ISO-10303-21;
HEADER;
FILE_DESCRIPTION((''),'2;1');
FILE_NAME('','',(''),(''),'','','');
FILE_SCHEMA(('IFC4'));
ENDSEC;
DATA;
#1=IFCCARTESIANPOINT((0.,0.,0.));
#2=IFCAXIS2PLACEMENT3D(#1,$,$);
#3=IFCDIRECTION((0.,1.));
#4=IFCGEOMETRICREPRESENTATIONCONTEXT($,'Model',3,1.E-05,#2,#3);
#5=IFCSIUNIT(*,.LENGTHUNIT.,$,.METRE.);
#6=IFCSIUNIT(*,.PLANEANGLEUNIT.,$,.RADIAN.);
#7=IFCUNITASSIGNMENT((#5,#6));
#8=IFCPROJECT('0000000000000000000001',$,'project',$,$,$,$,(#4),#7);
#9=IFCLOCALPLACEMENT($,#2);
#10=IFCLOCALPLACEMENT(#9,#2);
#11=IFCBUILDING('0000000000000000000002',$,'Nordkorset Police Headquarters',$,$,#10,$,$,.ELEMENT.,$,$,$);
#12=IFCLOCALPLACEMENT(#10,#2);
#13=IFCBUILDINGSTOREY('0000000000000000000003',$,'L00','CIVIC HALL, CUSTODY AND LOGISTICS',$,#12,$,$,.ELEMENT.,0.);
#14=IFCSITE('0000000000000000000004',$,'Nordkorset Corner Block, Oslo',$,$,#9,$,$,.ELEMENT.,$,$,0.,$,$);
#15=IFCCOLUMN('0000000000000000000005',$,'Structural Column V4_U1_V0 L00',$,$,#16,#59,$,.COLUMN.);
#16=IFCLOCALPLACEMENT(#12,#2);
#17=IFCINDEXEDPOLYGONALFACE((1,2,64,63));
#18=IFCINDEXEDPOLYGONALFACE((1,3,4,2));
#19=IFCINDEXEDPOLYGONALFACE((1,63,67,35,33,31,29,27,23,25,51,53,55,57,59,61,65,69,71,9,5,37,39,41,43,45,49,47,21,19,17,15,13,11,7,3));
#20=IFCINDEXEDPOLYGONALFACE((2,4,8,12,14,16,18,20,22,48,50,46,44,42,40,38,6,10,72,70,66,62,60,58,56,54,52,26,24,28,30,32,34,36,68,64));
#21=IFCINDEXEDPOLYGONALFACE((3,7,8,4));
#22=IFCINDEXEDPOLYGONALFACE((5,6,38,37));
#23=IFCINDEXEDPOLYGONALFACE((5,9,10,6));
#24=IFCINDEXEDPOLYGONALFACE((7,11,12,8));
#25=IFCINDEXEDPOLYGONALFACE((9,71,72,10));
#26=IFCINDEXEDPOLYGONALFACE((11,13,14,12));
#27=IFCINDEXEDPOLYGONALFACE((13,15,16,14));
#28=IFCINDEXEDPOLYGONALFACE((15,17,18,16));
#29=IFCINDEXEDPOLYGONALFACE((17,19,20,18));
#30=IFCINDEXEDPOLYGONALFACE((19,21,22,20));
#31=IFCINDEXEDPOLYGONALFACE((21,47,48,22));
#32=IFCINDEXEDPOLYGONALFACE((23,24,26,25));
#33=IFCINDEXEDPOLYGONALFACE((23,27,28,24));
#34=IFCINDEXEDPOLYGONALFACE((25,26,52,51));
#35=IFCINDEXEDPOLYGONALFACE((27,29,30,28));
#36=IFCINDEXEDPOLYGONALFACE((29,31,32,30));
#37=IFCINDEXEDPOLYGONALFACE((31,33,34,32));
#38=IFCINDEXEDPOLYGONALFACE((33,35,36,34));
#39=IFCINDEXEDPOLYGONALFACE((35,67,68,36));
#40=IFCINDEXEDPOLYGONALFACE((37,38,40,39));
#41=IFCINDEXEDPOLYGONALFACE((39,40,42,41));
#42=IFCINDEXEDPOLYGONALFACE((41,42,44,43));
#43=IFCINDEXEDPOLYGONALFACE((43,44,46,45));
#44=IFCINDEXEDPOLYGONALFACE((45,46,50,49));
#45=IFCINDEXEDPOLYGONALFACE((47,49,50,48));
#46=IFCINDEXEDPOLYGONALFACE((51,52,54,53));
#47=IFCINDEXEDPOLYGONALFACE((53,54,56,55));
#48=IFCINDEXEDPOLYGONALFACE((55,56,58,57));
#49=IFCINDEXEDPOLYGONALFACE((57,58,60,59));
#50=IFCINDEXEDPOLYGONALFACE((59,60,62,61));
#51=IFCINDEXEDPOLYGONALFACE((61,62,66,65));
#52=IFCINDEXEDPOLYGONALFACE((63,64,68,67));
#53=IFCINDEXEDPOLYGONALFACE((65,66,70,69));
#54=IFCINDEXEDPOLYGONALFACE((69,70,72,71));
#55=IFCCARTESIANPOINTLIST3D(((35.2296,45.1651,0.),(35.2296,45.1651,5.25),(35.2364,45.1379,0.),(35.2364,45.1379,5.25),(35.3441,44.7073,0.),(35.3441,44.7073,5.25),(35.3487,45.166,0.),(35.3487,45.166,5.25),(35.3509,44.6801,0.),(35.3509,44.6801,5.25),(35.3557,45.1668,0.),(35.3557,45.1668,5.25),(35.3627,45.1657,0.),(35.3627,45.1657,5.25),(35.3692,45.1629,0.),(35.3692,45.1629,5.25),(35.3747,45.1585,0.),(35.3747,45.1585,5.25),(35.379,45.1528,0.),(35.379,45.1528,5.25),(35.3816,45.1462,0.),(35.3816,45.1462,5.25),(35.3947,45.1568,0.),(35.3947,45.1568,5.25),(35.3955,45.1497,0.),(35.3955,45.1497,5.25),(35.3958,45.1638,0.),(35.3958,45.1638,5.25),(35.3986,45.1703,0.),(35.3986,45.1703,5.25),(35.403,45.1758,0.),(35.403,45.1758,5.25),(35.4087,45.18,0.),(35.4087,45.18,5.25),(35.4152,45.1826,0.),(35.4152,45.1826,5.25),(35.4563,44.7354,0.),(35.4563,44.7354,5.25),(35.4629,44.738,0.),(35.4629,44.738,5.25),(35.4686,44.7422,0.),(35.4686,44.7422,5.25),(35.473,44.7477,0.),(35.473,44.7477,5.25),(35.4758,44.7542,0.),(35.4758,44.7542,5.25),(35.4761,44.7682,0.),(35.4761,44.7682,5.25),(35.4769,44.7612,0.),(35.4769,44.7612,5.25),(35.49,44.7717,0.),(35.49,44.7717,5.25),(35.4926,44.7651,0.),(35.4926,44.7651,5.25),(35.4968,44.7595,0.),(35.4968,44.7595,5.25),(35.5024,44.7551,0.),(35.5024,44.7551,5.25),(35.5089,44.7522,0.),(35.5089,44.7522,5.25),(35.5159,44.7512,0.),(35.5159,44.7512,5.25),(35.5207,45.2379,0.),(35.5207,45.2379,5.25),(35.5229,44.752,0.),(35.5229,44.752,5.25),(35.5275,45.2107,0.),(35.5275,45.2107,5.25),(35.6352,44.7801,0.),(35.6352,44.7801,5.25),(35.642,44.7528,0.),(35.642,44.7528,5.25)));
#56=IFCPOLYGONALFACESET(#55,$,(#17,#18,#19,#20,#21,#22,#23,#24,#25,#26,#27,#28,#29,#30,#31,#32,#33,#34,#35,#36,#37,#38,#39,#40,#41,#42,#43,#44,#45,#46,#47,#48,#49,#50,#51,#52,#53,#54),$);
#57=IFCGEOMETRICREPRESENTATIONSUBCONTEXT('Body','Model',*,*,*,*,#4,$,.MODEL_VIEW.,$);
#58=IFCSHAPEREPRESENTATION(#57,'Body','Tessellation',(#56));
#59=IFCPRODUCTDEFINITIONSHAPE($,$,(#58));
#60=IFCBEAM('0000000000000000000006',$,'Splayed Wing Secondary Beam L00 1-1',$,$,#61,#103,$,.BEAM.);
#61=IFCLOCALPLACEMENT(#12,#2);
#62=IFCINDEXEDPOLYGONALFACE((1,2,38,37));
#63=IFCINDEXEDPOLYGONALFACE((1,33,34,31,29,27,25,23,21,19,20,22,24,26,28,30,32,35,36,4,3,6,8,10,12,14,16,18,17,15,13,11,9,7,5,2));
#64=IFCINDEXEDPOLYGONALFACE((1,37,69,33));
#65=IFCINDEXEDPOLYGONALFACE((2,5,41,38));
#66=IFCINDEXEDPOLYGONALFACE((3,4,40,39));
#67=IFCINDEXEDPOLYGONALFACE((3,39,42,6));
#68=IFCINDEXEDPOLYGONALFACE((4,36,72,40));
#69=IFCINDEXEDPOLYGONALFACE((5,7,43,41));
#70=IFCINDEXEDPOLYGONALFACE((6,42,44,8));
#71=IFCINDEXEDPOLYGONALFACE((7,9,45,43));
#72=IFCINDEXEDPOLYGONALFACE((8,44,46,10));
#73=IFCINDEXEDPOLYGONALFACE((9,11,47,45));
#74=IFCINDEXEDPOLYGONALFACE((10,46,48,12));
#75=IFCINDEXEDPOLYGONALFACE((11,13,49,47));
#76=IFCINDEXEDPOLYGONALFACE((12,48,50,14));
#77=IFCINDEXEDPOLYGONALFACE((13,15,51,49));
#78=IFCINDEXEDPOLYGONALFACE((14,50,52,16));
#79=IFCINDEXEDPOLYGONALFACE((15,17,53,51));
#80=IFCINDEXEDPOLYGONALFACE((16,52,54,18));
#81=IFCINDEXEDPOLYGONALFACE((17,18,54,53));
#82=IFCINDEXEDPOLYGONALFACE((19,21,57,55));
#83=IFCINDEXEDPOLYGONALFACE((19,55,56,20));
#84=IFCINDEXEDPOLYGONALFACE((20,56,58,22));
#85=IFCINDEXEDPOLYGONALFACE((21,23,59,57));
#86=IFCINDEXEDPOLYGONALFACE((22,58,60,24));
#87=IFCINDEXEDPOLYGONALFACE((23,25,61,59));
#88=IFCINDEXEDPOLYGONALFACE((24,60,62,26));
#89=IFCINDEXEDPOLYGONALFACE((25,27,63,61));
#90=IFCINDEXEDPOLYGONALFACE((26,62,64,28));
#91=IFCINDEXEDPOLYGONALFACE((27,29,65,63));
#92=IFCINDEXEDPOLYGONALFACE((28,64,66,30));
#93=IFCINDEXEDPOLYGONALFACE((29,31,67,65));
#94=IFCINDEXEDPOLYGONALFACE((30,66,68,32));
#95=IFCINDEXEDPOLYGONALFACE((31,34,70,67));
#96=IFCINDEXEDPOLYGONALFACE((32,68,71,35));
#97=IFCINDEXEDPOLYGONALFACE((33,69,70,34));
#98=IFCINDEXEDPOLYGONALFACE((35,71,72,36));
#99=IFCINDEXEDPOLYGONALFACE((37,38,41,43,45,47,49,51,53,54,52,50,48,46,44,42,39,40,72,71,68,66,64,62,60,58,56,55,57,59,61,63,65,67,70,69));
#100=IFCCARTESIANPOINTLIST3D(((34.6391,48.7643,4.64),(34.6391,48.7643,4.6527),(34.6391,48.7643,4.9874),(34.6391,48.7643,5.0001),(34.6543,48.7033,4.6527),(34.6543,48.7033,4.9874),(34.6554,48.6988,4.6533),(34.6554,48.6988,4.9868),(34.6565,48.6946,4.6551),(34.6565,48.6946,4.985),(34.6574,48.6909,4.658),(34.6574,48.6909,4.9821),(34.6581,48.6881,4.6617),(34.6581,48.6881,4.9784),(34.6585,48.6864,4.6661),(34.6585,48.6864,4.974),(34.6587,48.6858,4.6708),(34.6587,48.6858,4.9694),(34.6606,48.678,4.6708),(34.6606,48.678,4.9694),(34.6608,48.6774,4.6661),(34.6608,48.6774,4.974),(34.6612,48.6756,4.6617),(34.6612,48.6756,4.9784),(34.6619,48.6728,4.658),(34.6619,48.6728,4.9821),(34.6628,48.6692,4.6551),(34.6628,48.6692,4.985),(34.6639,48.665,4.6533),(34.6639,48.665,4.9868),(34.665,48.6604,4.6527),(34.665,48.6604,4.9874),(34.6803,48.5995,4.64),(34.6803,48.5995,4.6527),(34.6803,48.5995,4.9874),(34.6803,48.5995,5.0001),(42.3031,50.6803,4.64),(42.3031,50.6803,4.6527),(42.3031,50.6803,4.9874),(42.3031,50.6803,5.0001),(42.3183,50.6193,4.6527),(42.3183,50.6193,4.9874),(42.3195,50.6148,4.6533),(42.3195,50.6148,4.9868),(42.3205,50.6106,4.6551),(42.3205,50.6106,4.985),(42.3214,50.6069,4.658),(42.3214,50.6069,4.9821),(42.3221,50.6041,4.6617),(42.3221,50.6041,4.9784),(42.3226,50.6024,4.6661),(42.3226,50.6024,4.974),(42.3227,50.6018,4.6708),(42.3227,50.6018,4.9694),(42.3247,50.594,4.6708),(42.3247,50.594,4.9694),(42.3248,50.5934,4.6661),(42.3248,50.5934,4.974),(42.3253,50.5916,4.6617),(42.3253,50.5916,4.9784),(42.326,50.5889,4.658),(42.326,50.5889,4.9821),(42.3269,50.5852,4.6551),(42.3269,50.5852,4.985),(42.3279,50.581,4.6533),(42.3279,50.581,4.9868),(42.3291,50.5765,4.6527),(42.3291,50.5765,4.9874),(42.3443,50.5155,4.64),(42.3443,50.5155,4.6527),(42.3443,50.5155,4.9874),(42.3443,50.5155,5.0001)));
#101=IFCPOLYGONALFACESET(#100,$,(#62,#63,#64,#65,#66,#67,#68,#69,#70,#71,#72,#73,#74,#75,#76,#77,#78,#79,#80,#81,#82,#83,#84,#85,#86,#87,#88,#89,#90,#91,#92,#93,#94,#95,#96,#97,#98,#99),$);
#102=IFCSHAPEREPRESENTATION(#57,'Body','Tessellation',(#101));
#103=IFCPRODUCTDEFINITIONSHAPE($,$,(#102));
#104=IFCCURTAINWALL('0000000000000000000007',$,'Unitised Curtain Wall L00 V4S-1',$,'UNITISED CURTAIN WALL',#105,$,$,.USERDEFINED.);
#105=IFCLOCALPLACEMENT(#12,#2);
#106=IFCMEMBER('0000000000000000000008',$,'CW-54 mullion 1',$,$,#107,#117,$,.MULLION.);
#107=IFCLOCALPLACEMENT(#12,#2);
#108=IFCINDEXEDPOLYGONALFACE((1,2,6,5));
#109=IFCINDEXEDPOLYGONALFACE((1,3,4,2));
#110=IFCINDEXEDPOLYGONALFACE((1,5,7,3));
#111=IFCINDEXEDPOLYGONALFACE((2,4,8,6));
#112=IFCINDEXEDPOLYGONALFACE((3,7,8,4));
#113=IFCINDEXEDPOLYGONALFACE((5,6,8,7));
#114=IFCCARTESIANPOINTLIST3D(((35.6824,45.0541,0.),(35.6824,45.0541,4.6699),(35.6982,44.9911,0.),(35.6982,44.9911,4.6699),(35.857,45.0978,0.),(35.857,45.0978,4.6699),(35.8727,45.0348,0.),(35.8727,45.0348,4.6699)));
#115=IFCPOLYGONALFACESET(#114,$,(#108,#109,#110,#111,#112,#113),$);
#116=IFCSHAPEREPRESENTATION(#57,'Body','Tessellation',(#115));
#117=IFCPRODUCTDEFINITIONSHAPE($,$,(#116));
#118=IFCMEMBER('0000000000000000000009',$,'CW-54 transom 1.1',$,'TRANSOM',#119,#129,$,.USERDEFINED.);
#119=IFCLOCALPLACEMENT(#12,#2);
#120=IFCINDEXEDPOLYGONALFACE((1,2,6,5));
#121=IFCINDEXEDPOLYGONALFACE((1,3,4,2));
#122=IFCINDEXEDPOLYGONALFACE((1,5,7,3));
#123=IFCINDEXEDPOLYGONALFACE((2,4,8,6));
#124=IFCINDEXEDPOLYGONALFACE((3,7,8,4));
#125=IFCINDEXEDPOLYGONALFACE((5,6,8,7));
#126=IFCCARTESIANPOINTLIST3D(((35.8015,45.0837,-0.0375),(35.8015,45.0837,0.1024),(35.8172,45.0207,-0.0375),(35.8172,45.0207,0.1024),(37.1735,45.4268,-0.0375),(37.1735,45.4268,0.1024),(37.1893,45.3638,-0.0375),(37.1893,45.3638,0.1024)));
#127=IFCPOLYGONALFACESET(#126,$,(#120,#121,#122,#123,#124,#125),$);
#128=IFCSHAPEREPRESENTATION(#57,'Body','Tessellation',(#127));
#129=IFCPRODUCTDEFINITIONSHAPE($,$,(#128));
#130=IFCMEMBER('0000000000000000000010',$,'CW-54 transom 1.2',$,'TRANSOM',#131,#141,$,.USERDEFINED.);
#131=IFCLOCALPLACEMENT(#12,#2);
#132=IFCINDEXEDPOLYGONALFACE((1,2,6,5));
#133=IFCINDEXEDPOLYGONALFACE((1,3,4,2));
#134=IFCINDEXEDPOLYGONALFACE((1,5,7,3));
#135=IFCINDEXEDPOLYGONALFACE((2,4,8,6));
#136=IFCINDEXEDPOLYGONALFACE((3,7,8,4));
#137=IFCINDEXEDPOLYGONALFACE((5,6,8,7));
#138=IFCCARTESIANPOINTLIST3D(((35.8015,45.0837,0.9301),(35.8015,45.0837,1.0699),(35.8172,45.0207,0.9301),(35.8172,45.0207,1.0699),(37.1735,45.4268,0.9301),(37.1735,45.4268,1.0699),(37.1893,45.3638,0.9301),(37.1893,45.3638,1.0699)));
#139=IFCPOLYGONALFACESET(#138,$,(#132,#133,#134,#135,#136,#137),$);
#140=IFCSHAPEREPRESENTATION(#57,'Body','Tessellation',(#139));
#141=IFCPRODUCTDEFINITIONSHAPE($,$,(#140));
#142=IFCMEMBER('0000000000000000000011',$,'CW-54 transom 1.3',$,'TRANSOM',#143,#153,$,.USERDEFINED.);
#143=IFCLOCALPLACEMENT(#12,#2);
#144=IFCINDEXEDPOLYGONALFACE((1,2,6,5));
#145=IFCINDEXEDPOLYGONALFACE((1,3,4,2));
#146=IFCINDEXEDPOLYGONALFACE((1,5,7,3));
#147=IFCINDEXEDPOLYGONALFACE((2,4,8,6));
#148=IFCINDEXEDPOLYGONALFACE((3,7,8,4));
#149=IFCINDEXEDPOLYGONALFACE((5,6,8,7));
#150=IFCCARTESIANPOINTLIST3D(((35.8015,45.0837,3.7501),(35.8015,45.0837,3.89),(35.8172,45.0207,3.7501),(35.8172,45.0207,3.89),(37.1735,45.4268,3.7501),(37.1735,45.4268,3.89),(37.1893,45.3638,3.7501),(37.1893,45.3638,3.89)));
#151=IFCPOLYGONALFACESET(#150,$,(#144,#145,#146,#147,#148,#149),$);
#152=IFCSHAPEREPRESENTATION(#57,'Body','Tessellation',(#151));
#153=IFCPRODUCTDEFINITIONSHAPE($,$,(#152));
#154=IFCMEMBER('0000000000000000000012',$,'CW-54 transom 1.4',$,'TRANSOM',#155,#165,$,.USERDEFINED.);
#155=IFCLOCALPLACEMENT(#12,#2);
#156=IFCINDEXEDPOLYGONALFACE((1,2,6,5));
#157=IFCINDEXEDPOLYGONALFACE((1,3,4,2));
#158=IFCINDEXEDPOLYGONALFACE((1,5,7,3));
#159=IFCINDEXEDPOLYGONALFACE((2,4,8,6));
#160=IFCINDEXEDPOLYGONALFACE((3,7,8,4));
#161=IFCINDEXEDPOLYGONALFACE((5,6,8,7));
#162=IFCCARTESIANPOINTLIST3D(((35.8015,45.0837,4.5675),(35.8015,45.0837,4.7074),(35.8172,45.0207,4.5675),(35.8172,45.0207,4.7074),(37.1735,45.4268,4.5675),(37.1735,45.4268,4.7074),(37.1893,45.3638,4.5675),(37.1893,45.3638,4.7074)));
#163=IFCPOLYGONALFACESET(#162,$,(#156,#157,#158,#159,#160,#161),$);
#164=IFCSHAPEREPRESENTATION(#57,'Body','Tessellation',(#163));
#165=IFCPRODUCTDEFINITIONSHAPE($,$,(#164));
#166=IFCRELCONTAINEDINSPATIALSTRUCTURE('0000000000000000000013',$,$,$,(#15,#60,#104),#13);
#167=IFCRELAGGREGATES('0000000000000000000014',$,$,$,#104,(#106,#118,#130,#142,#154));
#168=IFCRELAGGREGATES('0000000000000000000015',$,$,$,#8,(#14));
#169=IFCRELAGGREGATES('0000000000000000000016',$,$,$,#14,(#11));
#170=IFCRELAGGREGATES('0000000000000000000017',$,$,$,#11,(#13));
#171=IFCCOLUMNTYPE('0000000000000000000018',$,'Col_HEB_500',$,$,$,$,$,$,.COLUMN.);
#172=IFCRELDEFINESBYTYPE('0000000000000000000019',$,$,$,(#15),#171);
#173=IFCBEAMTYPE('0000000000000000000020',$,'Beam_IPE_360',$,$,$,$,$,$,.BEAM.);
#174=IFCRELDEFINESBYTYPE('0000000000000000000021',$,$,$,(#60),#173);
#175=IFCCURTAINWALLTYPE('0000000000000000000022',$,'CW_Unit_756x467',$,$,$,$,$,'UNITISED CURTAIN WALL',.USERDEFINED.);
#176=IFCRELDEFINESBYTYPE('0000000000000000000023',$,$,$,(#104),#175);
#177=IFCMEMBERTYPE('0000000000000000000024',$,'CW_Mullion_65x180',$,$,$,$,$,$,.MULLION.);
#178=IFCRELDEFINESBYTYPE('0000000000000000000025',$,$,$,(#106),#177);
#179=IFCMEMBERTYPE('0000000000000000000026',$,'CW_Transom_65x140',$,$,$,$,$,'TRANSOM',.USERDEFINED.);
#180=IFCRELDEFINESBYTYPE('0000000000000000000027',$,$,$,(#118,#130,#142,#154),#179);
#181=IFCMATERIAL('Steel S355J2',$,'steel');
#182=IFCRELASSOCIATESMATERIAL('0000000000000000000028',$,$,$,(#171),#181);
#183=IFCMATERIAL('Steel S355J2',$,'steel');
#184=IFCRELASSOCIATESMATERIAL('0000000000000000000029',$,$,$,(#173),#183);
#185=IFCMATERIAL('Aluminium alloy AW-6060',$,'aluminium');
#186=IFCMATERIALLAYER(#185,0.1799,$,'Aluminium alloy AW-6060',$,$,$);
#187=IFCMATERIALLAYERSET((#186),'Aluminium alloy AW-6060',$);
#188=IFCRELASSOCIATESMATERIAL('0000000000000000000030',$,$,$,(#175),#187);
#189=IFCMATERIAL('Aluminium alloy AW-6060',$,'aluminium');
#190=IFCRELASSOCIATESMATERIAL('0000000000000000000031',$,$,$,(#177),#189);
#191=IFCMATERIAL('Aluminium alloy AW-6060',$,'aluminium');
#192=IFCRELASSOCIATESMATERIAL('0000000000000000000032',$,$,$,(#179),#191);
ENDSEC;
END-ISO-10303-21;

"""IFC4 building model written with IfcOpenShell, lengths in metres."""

from ifc_helpers import new_model, si_unit, direction, frame, origin, origin_2d, place, context, subcontext, project, spatial, rectangle, i_section, extrude, material, layer, layer_set, material_profile, profile_set, type_object, element, aggregate, save


model = new_model("IFC4")

# Units and contexts
model_context = context("Model", 3, precision=1e-05, world=origin(), true_north=direction((0.0, 1.0)))
body_context = subcontext(model_context, "Body", "Model", "MODEL_VIEW")
ifc_project = project(units=[si_unit("LENGTHUNIT", "METRE"), si_unit("PLANEANGLEUNIT", "RADIAN")], contexts=[model_context])

# Site, building, storey
site_placement = place(None, origin())
site = spatial("IfcSite", under=ifc_project, at=site_placement, Name="Nordkorset Corner Block, Oslo", CompositionType="ELEMENT", RefElevation=0.0)
building_placement = place(site_placement, origin())
building = spatial("IfcBuilding", under=site, at=building_placement, Name="Nordkorset Police Headquarters", CompositionType="ELEMENT")
storey_placement = place(building_placement, origin())
storey = spatial("IfcBuildingStorey", under=building, at=storey_placement, Name="L00", Description="CIVIC HALL, CUSTODY AND LOGISTICS", CompositionType="ELEMENT", Elevation=0.0)

# Column
ifc_material_1 = material(Name="Steel S355J2", Category="steel")
ifc_material_profile_1 = material_profile(ifc_material_1, i_section(OverallWidth=0.3, OverallDepth=0.5, WebThickness=0.0144, FlangeThickness=0.0281, FilletRadius=0.0271, at=origin_2d()), Name="HEB 500")
ifc_profile_set_1 = profile_set([ifc_material_profile_1], Name="Steel S355J2")
column_type = type_object("IfcColumnType", Name="Col_HEB_500", PredefinedType="COLUMN", material=ifc_profile_set_1)
column_placement = place(storey_placement, frame((35.4358, 44.959, 0.0), z_axis=(0.0, 0.0, 1.0), x_axis=(0.970143, 0.242536, 0.0)))
element("IfcColumn", 1, at=column_placement, inside=storey, type_object=column_type, Name="Structural Column V4_U1_V0 L00", PredefinedType="COLUMN", context=body_context, shape_type="SweptSolid", body=[
    extrude(i_section(OverallWidth=0.3, OverallDepth=0.5, WebThickness=0.0144, FlangeThickness=0.0281, FilletRadius=0.0271, at=origin_2d()), origin(), (0.0, 0.0, 1.0), 5.25),
])

# Beam
ifc_material_2 = material(Name="Steel S355J2", Category="steel")
ifc_material_profile_2 = material_profile(ifc_material_2, i_section(OverallWidth=0.1699, OverallDepth=0.3601, WebThickness=0.0081, FlangeThickness=0.0127, FilletRadius=0.0181, at=origin_2d()), Name="IPE 360")
ifc_profile_set_2 = profile_set([ifc_material_profile_2], Name="Steel S355J2")
beam_type_1 = type_object("IfcBeamType", Name="Beam_IPE_360", PredefinedType="BEAM", material=ifc_profile_set_2)
beam_1_placement = place(storey_placement, frame((34.6597, 48.6819, 4.8201), z_axis=(0.970143, 0.242536, 0.0), x_axis=(-0.242536, 0.970143, 0.0)))
element("IfcBeam", 2, at=beam_1_placement, inside=storey, type_object=beam_type_1, Name="Splayed Wing Secondary Beam L00 1-1", PredefinedType="BEAM", context=body_context, shape_type="SweptSolid", body=[
    extrude(i_section(OverallWidth=0.1699, OverallDepth=0.3601, WebThickness=0.0081, FlangeThickness=0.0127, FilletRadius=0.0181, at=origin_2d()), origin(), (0.0, 0.0, 1.0), 7.8999),
])

# Curtain wall, members
ifc_material_3 = material(Name="Aluminium alloy AW-6060", Category="aluminium")
ifc_layer_1 = layer(ifc_material_3, 0.1799, Name="Aluminium alloy AW-6060")
ifc_layer_set_1 = layer_set([ifc_layer_1], Name="Aluminium alloy AW-6060")
curtain_wall_type = type_object("IfcCurtainWallType", Name="CW_Unit_756x467", ElementType="UNITISED CURTAIN WALL", PredefinedType="USERDEFINED", material=ifc_layer_set_1)
curtain_wall_placement = place(storey_placement, origin())
curtain_wall = element("IfcCurtainWall", 3, at=curtain_wall_placement, inside=storey, type_object=curtain_wall_type, Name="Unitised Curtain Wall L00 V4S-1", ObjectType="UNITISED CURTAIN WALL", PredefinedType="USERDEFINED")
ifc_material_4 = material(Name="Aluminium alloy AW-6060", Category="aluminium")
ifc_material_profile_3 = material_profile(ifc_material_4, rectangle(XDim=0.0649, YDim=0.1799, at=origin_2d()), Name="ALU MULL 65x180")
ifc_profile_set_3 = profile_set([ifc_material_profile_3], Name="Aluminium alloy AW-6060")
member_type_1 = type_object("IfcMemberType", Name="CW_Mullion_65x180", PredefinedType="MULLION", material=ifc_profile_set_3)
member_1_placement = place(storey_placement, frame((35.7776, 45.0444, 0.0), z_axis=(0.0, 0.0, 1.0), x_axis=(-0.242536, 0.970143, 0.0)))
member_1 = element("IfcMember", 4, at=member_1_placement, type_object=member_type_1, Name="CW-54 mullion 1", PredefinedType="MULLION", context=body_context, shape_type="SweptSolid", body=[
    extrude(rectangle(XDim=0.0649, YDim=0.1799, at=origin_2d()), origin(), (0.0, 0.0, 1.0), 4.6699),
])
ifc_material_5 = material(Name="Aluminium alloy AW-6060", Category="aluminium")
ifc_material_profile_4 = material_profile(ifc_material_5, rectangle(XDim=0.0649, YDim=0.1399, at=origin_2d()), Name="ALU TRAN 65x140")
ifc_profile_set_4 = profile_set([ifc_material_profile_4], Name="Aluminium alloy AW-6060")
member_type_2 = type_object("IfcMemberType", Name="CW_Transom_65x140", ElementType="TRANSOM", PredefinedType="USERDEFINED", material=ifc_profile_set_4)
member_2_placement = place(storey_placement, frame((35.8093, 45.0522, 0.0325), z_axis=(0.970143, 0.242536, 0.0), x_axis=(-0.242536, 0.970143, 0.0)))
member_2 = element("IfcMember", 5, at=member_2_placement, type_object=member_type_2, Name="CW-54 transom 1.1", ObjectType="TRANSOM", PredefinedType="USERDEFINED", context=body_context, shape_type="SweptSolid", body=[
    extrude(rectangle(XDim=0.0649, YDim=0.1399, at=origin_2d()), origin(), (0.0, 0.0, 1.0), 1.4143),
])
member_3_placement = place(storey_placement, frame((35.8093, 45.0522, 1.0), z_axis=(0.970143, 0.242536, 0.0), x_axis=(-0.242536, 0.970143, 0.0)))
member_3 = element("IfcMember", 6, at=member_3_placement, type_object=member_type_2, Name="CW-54 transom 1.2", ObjectType="TRANSOM", PredefinedType="USERDEFINED", context=body_context, shape_type="SweptSolid", body=[
    extrude(rectangle(XDim=0.0649, YDim=0.1399, at=origin_2d()), origin(), (0.0, 0.0, 1.0), 1.4143),
])
member_4_placement = place(storey_placement, frame((35.8093, 45.0522, 3.8201), z_axis=(0.970143, 0.242536, 0.0), x_axis=(-0.242536, 0.970143, 0.0)))
member_4 = element("IfcMember", 7, at=member_4_placement, type_object=member_type_2, Name="CW-54 transom 1.3", ObjectType="TRANSOM", PredefinedType="USERDEFINED", context=body_context, shape_type="SweptSolid", body=[
    extrude(rectangle(XDim=0.0649, YDim=0.1399, at=origin_2d()), origin(), (0.0, 0.0, 1.0), 1.4143),
])
member_5_placement = place(storey_placement, frame((35.8093, 45.0522, 4.6375), z_axis=(0.970143, 0.242536, 0.0), x_axis=(-0.242536, 0.970143, 0.0)))
member_5 = element("IfcMember", 8, at=member_5_placement, type_object=member_type_2, Name="CW-54 transom 1.4", ObjectType="TRANSOM", PredefinedType="USERDEFINED", context=body_context, shape_type="SweptSolid", body=[
    extrude(rectangle(XDim=0.0649, YDim=0.1399, at=origin_2d()), origin(), (0.0, 0.0, 1.0), 1.4143),
])
aggregate(curtain_wall, [member_1, member_2, member_3, member_4, member_5])

save(model, "model.ifc")
